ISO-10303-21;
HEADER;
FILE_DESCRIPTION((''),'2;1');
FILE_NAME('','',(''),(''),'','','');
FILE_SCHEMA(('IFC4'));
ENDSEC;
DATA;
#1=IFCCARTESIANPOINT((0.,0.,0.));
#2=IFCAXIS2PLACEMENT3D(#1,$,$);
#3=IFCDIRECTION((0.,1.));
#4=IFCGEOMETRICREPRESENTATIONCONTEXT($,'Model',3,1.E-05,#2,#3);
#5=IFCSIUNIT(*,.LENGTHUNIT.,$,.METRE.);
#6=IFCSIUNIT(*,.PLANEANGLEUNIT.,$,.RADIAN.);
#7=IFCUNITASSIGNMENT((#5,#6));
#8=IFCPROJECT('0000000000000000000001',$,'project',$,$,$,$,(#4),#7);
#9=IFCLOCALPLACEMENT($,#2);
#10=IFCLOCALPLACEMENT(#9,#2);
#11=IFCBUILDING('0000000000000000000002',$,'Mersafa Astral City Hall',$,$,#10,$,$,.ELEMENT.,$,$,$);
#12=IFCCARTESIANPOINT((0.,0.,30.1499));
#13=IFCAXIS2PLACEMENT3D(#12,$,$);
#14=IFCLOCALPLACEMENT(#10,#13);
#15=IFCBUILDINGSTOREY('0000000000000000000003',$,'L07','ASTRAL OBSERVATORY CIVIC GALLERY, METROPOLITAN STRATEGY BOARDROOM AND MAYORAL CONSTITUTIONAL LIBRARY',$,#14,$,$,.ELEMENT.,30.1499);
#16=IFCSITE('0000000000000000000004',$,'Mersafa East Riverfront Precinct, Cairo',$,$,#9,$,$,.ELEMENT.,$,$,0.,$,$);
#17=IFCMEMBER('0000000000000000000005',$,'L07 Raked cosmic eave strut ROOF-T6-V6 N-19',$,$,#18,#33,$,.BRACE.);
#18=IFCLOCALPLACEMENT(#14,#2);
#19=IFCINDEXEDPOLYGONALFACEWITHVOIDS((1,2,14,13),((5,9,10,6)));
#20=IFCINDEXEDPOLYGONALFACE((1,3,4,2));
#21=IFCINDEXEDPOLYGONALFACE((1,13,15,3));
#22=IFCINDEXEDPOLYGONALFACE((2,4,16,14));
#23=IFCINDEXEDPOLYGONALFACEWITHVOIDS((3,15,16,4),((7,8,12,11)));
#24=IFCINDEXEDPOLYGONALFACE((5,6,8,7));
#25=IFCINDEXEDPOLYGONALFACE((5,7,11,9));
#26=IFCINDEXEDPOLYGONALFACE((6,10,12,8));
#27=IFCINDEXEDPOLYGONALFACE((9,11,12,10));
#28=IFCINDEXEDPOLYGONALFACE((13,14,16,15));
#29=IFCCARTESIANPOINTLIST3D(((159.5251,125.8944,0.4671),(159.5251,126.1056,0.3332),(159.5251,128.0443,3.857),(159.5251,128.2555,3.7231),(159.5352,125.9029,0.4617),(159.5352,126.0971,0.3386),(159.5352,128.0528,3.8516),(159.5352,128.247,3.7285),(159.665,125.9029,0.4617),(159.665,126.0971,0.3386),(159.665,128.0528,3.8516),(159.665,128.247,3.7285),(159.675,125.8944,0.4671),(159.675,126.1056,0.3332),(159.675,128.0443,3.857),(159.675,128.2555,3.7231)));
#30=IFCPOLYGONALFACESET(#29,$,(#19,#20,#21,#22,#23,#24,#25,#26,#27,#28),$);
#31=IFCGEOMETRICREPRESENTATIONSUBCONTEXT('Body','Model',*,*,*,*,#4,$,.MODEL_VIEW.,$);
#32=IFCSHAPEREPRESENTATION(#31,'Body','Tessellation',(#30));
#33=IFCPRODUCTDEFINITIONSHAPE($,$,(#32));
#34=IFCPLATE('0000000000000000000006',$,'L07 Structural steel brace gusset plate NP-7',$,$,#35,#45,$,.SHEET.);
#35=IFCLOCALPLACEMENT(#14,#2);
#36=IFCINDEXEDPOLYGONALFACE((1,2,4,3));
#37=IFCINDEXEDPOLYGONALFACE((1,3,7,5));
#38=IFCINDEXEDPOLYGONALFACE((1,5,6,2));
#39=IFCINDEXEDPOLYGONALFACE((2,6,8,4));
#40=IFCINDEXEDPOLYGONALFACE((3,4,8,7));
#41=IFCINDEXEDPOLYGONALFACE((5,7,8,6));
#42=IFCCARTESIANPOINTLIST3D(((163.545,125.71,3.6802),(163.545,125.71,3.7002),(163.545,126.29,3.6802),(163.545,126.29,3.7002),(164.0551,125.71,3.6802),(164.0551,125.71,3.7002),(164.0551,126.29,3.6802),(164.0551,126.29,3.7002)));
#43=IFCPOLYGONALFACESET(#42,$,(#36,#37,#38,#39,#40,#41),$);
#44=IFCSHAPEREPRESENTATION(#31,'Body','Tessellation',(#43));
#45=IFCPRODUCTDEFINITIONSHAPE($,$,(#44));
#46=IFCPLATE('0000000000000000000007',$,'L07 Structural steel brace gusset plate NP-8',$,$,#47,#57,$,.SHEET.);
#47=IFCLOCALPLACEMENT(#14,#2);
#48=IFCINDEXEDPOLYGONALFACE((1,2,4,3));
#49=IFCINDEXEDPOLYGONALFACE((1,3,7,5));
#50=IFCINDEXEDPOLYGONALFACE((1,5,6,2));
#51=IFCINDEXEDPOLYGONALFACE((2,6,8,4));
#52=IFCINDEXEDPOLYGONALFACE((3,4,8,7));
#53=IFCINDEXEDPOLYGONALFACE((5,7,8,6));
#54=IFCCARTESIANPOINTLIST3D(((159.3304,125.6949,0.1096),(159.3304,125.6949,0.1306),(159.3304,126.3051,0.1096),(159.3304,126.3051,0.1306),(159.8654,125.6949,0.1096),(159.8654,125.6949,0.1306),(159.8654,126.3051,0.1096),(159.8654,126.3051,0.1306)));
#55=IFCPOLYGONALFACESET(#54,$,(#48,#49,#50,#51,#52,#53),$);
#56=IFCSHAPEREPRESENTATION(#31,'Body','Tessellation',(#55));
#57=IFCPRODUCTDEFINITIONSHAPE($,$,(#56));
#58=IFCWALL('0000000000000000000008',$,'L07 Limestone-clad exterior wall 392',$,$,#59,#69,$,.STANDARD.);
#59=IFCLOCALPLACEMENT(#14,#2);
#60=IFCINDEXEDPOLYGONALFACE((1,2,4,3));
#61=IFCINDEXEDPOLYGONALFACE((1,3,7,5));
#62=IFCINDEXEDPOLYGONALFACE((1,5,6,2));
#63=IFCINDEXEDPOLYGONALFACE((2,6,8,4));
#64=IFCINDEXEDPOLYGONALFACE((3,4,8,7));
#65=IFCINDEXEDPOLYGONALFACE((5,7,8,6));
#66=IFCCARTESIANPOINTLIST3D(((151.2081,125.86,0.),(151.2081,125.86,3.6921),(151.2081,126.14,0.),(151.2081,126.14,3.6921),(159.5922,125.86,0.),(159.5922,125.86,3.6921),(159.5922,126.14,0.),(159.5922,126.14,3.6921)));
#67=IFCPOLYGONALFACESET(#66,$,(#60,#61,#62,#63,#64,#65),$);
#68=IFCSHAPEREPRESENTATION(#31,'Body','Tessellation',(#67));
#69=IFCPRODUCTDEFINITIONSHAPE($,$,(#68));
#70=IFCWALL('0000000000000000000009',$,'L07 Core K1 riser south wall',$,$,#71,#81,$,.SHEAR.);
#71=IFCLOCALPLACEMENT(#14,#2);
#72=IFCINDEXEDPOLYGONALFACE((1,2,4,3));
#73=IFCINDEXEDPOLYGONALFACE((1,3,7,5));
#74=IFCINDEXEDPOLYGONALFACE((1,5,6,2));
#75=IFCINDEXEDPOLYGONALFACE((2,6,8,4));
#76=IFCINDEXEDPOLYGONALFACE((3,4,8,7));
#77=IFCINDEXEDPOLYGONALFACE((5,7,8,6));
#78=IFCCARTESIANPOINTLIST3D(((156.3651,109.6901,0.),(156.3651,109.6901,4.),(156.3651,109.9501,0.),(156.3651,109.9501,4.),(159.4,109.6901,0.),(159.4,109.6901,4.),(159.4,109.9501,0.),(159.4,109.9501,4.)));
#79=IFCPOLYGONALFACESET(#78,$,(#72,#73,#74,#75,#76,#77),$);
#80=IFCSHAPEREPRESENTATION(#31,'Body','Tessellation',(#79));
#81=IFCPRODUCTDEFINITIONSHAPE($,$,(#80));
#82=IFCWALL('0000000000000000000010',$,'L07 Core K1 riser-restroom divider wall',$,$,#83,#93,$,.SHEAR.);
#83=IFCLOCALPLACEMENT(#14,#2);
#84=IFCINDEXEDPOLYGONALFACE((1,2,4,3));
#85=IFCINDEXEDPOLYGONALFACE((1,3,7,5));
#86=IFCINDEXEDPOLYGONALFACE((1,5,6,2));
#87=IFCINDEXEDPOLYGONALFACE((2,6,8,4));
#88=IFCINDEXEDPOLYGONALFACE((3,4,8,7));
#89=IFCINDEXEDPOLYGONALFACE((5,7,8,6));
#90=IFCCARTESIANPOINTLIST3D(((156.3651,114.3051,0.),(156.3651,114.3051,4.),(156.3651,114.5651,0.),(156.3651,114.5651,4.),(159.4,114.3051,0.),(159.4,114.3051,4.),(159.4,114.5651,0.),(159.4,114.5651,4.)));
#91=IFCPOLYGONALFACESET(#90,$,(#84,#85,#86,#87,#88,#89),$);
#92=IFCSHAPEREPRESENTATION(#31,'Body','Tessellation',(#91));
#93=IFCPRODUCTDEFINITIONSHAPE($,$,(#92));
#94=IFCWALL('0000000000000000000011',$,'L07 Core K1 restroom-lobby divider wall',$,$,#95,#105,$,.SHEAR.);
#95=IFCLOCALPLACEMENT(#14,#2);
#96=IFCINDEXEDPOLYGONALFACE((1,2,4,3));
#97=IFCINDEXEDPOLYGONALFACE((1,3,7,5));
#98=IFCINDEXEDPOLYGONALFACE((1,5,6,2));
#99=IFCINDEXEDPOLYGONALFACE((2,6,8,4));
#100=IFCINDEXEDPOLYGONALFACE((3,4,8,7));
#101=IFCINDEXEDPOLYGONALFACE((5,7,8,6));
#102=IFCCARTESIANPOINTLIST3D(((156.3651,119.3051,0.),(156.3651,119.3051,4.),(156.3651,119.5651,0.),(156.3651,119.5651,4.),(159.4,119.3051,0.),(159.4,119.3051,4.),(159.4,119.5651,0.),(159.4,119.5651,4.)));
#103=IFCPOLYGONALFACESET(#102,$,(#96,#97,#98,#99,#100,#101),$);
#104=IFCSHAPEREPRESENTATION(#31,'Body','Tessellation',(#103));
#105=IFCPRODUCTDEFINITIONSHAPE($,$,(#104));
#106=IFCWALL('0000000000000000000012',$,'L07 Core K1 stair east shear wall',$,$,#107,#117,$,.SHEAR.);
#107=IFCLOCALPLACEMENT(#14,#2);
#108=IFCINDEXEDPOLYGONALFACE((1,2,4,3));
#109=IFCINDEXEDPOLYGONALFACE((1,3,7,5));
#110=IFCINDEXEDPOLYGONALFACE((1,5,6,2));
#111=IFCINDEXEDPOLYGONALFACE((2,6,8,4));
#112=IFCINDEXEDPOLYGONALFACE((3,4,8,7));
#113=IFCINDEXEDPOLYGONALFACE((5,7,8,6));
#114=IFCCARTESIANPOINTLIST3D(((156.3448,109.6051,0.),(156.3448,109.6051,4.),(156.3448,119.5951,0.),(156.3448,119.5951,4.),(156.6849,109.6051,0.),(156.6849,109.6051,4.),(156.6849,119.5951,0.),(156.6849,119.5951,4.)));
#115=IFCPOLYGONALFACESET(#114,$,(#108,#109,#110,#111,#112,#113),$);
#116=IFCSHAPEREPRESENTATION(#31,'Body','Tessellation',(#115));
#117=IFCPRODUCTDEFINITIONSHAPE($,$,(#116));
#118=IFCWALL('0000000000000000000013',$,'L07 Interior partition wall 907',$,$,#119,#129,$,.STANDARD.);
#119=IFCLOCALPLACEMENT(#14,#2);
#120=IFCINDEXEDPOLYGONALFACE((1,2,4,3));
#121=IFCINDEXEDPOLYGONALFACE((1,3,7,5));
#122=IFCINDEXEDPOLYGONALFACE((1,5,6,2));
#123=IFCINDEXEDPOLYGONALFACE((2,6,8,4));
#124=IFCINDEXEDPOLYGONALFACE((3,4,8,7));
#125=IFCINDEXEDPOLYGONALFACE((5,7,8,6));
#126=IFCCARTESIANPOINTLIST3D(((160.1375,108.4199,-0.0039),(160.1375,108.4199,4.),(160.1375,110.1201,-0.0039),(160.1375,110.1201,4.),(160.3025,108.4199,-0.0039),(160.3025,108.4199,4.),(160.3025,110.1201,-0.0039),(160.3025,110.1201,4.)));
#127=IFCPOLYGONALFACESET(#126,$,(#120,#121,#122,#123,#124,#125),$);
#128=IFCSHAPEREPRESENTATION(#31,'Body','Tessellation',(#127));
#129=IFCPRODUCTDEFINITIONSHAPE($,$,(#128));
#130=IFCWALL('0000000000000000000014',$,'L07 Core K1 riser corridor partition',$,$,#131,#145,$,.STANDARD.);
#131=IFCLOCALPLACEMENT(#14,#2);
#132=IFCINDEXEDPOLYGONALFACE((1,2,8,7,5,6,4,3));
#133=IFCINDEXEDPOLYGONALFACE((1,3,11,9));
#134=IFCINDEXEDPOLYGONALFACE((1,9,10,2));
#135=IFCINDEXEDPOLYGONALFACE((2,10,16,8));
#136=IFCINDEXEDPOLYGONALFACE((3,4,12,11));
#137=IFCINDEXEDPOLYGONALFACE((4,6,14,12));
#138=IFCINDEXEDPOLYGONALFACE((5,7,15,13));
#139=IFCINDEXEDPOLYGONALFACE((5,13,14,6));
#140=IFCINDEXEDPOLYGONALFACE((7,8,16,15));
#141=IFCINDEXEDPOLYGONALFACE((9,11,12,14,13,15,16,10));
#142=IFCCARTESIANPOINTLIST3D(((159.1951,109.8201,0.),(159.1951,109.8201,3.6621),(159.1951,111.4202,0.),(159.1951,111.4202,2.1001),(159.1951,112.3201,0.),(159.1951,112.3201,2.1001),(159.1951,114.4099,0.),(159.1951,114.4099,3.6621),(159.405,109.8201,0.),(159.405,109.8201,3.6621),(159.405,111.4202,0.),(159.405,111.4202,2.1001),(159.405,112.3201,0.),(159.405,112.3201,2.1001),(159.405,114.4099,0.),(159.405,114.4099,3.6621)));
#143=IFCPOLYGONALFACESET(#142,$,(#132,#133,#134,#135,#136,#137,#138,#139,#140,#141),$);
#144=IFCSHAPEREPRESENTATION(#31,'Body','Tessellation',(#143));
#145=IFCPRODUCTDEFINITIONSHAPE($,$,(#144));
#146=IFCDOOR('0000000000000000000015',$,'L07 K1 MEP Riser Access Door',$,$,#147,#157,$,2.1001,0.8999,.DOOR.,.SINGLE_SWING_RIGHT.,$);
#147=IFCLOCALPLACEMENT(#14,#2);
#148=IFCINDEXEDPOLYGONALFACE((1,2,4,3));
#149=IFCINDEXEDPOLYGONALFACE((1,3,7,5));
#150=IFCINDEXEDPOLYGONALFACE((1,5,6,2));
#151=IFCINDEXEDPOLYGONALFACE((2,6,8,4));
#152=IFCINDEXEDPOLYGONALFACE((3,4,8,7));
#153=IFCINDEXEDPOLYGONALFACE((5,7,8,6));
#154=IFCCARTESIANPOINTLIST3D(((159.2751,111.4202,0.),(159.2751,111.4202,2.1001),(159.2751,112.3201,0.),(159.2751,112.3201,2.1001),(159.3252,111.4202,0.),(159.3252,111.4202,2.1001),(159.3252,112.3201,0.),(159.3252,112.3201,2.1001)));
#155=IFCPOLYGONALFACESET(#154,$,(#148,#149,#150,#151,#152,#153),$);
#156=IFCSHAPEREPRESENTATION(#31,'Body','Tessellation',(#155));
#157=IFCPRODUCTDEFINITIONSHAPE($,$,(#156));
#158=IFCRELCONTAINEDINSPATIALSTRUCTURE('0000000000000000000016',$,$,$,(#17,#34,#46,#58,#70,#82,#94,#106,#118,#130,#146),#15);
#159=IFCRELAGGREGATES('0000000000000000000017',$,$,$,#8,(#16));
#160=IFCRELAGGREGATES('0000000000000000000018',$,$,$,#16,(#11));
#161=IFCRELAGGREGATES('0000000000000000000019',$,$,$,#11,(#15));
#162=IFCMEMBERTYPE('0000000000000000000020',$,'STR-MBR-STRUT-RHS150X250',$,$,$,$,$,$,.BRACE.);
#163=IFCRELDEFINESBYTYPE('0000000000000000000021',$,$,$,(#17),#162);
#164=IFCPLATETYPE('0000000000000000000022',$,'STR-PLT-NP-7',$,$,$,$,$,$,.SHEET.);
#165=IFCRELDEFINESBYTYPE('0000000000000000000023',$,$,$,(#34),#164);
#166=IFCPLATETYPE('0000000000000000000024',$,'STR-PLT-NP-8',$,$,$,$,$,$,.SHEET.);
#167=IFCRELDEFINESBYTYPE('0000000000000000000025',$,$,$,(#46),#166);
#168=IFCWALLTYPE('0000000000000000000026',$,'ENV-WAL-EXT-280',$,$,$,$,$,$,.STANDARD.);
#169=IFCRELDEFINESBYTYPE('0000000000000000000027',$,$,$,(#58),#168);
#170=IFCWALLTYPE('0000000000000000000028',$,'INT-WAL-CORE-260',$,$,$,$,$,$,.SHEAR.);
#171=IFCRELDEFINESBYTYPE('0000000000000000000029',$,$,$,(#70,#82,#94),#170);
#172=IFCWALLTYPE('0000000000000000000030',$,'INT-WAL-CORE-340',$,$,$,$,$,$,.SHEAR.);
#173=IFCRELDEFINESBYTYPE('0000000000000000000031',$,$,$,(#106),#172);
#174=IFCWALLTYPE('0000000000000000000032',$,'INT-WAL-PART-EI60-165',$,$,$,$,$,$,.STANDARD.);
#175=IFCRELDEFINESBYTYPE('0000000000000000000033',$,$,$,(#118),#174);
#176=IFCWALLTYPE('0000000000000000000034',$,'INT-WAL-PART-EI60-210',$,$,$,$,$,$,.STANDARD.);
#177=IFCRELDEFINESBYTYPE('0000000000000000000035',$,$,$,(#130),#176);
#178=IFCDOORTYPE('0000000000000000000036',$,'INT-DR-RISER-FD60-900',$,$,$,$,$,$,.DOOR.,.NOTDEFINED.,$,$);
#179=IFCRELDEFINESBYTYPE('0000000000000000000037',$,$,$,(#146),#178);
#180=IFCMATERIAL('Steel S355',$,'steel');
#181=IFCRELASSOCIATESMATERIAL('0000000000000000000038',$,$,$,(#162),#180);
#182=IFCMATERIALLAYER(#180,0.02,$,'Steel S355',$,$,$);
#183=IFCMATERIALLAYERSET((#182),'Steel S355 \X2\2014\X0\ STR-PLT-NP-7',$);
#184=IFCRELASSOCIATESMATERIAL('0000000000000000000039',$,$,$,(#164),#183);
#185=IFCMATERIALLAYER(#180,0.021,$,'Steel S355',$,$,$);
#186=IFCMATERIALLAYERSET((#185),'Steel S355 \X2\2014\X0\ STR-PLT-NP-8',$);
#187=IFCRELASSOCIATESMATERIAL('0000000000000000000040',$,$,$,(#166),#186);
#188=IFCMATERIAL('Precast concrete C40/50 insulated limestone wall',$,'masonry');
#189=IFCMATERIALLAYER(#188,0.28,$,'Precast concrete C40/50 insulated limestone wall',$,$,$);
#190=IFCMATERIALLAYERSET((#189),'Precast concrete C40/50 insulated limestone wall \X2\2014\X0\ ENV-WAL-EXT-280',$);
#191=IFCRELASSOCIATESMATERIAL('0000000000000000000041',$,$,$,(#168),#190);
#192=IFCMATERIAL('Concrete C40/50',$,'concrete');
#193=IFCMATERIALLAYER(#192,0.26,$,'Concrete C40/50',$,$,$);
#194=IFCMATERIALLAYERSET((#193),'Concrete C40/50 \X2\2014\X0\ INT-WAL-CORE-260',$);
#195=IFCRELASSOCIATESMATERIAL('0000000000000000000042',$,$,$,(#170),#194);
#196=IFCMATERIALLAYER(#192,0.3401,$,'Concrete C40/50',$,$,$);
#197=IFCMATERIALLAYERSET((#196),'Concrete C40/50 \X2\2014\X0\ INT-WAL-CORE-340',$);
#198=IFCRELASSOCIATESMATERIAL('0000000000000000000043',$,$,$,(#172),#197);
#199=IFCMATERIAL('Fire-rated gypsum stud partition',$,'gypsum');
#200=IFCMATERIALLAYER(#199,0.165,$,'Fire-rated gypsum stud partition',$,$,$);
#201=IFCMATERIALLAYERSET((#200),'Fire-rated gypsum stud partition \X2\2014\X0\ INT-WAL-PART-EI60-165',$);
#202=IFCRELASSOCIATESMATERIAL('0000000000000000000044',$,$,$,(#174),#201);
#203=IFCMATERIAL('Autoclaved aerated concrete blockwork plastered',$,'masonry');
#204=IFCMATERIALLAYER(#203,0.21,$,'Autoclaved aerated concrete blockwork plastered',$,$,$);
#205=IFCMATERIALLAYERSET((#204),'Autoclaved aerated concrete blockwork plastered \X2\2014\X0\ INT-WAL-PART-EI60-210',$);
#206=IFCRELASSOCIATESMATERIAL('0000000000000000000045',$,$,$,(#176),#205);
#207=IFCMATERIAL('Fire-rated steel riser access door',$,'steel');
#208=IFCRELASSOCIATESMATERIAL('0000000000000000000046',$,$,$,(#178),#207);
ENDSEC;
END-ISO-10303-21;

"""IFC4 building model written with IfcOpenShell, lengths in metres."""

from ifc_helpers import new_model, si_unit, direction, frame, frame_2d, origin, origin_2d, place, context, subcontext, project, spatial, rectangle, hollow_rectangle, extrude, material, layer, layer_set, material_profile, profile_set, type_object, element, fill, save


model = new_model("IFC4")

# Units and contexts
model_context = context("Model", 3, precision=1e-05, world=origin(), true_north=direction((0.0, 1.0)))
body_context = subcontext(model_context, "Body", "Model", "MODEL_VIEW")
ifc_project = project(units=[si_unit("LENGTHUNIT", "METRE"), si_unit("PLANEANGLEUNIT", "RADIAN")], contexts=[model_context])

# Site, building, storey
site_placement = place(None, origin())
site = spatial("IfcSite", under=ifc_project, at=site_placement, Name="Mersafa East Riverfront Precinct, Cairo", CompositionType="ELEMENT", RefElevation=0.0)
building_placement = place(site_placement, origin())
building = spatial("IfcBuilding", under=site, at=building_placement, Name="Mersafa Astral City Hall", CompositionType="ELEMENT")
storey_placement = place(building_placement, frame((0.0, 0.0, 30.1499)))
storey = spatial("IfcBuildingStorey", under=building, at=storey_placement, Name="L07", Description="ASTRAL OBSERVATORY CIVIC GALLERY, METROPOLITAN STRATEGY BOARDROOM AND MAYORAL CONSTITUTIONAL LIBRARY", CompositionType="ELEMENT", Elevation=30.1499)

# Shared definitions
ifc_material_1 = material(Name="Steel S355", Category="steel")

# Member
ifc_material_profile_1 = material_profile(ifc_material_1, hollow_rectangle(XDim=0.1499, YDim=0.25, WallThickness=0.01, at=origin_2d()), Name="RHS 150x250x10")
ifc_profile_set_1 = profile_set([ifc_material_profile_1], Name="Steel S355")
member_type_1 = type_object("IfcMemberType", Name="STR-MBR-STRUT-RHS150X250", PredefinedType="BRACE", material=ifc_profile_set_1)
member_1_placement = place(storey_placement, frame((159.6001, 126.0, 0.4001), z_axis=(0.0, 0.53558, 0.844484), x_axis=(-1.0, 0.0, 0.0)))
element("IfcMember", 1, at=member_1_placement, inside=storey, type_object=member_type_1, Name="L07 Raked cosmic eave strut ROOF-T6-V6 N-19", PredefinedType="BRACE", context=body_context, shape_type="SweptSolid", body=[
    extrude(hollow_rectangle(XDim=0.1499, YDim=0.25, WallThickness=0.01, at=origin_2d()), origin(), (0.0, 0.0, 1.0), 4.0142),
])

# Plates
ifc_layer_1 = layer(ifc_material_1, 0.02, Name="Steel S355")
ifc_layer_set_1 = layer_set([ifc_layer_1], Name="Steel S355 — STR-PLT-NP-7")
plate_type_1 = type_object("IfcPlateType", Name="STR-PLT-NP-7", PredefinedType="SHEET", material=ifc_layer_set_1)
plate_1_placement = place(storey_placement, frame((163.8, 126.0, 3.6802), z_axis=(0.0, 0.0, 1.0), x_axis=(1.0, 0.0, 0.0)))
element("IfcPlate", 2, at=plate_1_placement, inside=storey, type_object=plate_type_1, Name="L07 Structural steel brace gusset plate NP-7", PredefinedType="SHEET", context=body_context, shape_type="SweptSolid", body=[
    extrude(rectangle(XDim=0.51, YDim=0.5801, at=origin_2d()), origin(), (0.0, 0.0, 1.0), 0.02),
])
ifc_layer_2 = layer(ifc_material_1, 0.021, Name="Steel S355")
ifc_layer_set_2 = layer_set([ifc_layer_2], Name="Steel S355 — STR-PLT-NP-8")
plate_type_2 = type_object("IfcPlateType", Name="STR-PLT-NP-8", PredefinedType="SHEET", material=ifc_layer_set_2)
plate_2_placement = place(storey_placement, frame((159.5979, 126.0, 0.1096), z_axis=(0.0, 0.0, 1.0), x_axis=(1.0, 0.0, 0.0)))
element("IfcPlate", 3, at=plate_2_placement, inside=storey, type_object=plate_type_2, Name="L07 Structural steel brace gusset plate NP-8", PredefinedType="SHEET", context=body_context, shape_type="SweptSolid", body=[
    extrude(rectangle(XDim=0.5349, YDim=0.6101, at=origin_2d()), origin(), (0.0, 0.0, 1.0), 0.021),
])

# Wall
ifc_material_2 = material(Name="Precast concrete C40/50 insulated limestone wall", Category="masonry")
ifc_layer_3 = layer(ifc_material_2, 0.28, Name="Precast concrete C40/50 insulated limestone wall")
ifc_layer_set_3 = layer_set([ifc_layer_3], Name="Precast concrete C40/50 insulated limestone wall — ENV-WAL-EXT-280")
wall_type_1 = type_object("IfcWallType", Name="ENV-WAL-EXT-280", PredefinedType="STANDARD", material=ifc_layer_set_3)
wall_1_placement = place(storey_placement, frame((159.592, 126.0, 0.0), z_axis=(0.0, 0.0, 1.0), x_axis=(-1.0, 0.0, 0.0)))
element("IfcWall", 4, at=wall_1_placement, inside=storey, type_object=wall_type_1, Name="L07 Limestone-clad exterior wall 392", PredefinedType="STANDARD", context=body_context, shape_type="SweptSolid", body=[
    extrude(rectangle(XDim=8.384, YDim=0.28, at=frame_2d((4.1919, 0.0))), origin(), (0.0, 0.0, 1.0), 3.6921),
])

# Shared definitions
ifc_material_3 = material(Name="Concrete C40/50", Category="concrete")
ifc_layer_4 = layer(ifc_material_3, 0.26, Name="Concrete C40/50")
ifc_layer_set_4 = layer_set([ifc_layer_4], Name="Concrete C40/50 — INT-WAL-CORE-260")
wall_type_2 = type_object("IfcWallType", Name="INT-WAL-CORE-260", PredefinedType="SHEAR", material=ifc_layer_set_4)

# Walls
for number, where, z_axis, x_axis, name in (
    (5, (156.365, 109.8201, 0.0), (0.0, 0.0, 1.0), (1.0, 0.0, 0.0), "L07 Core K1 riser south wall"),
    (6, (156.365, 114.4351, 0.0), (0.0, 0.0, 1.0), (1.0, 0.0, 0.0), "L07 Core K1 riser-restroom divider wall"),
    (7, (156.365, 119.4351, 0.0), (0.0, 0.0, 1.0), (1.0, 0.0, 0.0), "L07 Core K1 restroom-lobby divider wall"),
):
    element("IfcWall", number, at=place(storey_placement, frame(where, z_axis=z_axis, x_axis=x_axis)), inside=storey, type_object=wall_type_2, Name=name, PredefinedType="SHEAR", context=body_context, shape_type="SweptSolid", body=[
        extrude(rectangle(XDim=3.0349, YDim=0.26, at=frame_2d((1.5176, 0.0))), origin(), (0.0, 0.0, 1.0), 4.0),
    ])
ifc_layer_5 = layer(ifc_material_3, 0.3401, Name="Concrete C40/50")
ifc_layer_set_5 = layer_set([ifc_layer_5], Name="Concrete C40/50 — INT-WAL-CORE-340")
wall_type_3 = type_object("IfcWallType", Name="INT-WAL-CORE-340", PredefinedType="SHEAR", material=ifc_layer_set_5)
wall_2_placement = place(storey_placement, frame((156.5149, 109.605, 0.0), z_axis=(0.0, 0.0, 1.0), x_axis=(0.0, 1.0, 0.0)))
element("IfcWall", 8, at=wall_2_placement, inside=storey, type_object=wall_type_3, Name="L07 Core K1 stair east shear wall", PredefinedType="SHEAR", context=body_context, shape_type="SweptSolid", body=[
    extrude(rectangle(XDim=9.99, YDim=0.3401, at=frame_2d((4.9951, 0.0))), origin(), (0.0, 0.0, 1.0), 4.0),
])
ifc_material_4 = material(Name="Fire-rated gypsum stud partition", Category="gypsum")
ifc_layer_6 = layer(ifc_material_4, 0.165, Name="Fire-rated gypsum stud partition")
ifc_layer_set_6 = layer_set([ifc_layer_6], Name="Fire-rated gypsum stud partition — INT-WAL-PART-EI60-165")
wall_type_4 = type_object("IfcWallType", Name="INT-WAL-PART-EI60-165", PredefinedType="STANDARD", material=ifc_layer_set_6)
wall_3_placement = place(storey_placement, frame((160.22, 110.1201, -0.0039), z_axis=(0.0, 0.0, 1.0), x_axis=(0.0, -1.0, 0.0)))
element("IfcWall", 9, at=wall_3_placement, inside=storey, type_object=wall_type_4, Name="L07 Interior partition wall 907", PredefinedType="STANDARD", context=body_context, shape_type="SweptSolid", body=[
    extrude(rectangle(XDim=1.7002, YDim=0.165, at=frame_2d((0.8501, 0.0))), origin(), (0.0, 0.0, 1.0), 4.0039),
])

# Wall, opening, door
ifc_material_5 = material(Name="Autoclaved aerated concrete blockwork plastered", Category="masonry")
ifc_layer_7 = layer(ifc_material_5, 0.21, Name="Autoclaved aerated concrete blockwork plastered")
ifc_layer_set_7 = layer_set([ifc_layer_7], Name="Autoclaved aerated concrete blockwork plastered — INT-WAL-PART-EI60-210")
wall_type_5 = type_object("IfcWallType", Name="INT-WAL-PART-EI60-210", PredefinedType="STANDARD", material=ifc_layer_set_7)
wall_4_placement = place(storey_placement, frame((159.3, 109.8201, 0.0), z_axis=(0.0, 0.0, 1.0), x_axis=(0.0, 1.0, 0.0)))
wall_4 = element("IfcWall", 10, at=wall_4_placement, inside=storey, type_object=wall_type_5, Name="L07 Core K1 riser corridor partition", PredefinedType="STANDARD", context=body_context, shape_type="SweptSolid", body=[
    extrude(rectangle(XDim=4.5898, YDim=0.21, at=frame_2d((2.2949, 0.0))), origin(), (0.0, 0.0, 1.0), 3.6621),
])
opening_1_placement = place(wall_4_placement, frame((1.6001, 0.0, 0.0)))
opening_1 = element("IfcOpeningElement", 11, at=opening_1_placement, cuts=wall_4, PredefinedType="OPENING", context=body_context, shape_type="SweptSolid", body=[
    extrude(rectangle(XDim=0.8999, YDim=2.1001, at=frame_2d((0.45, 1.05))), frame((0.0, 0.115, 0.0), z_axis=(0.0, -1.0, 0.0), x_axis=(1.0, 0.0, 0.0)), (0.0, 0.0, 1.0), 0.23),
])
ifc_material_6 = material(Name="Fire-rated steel riser access door", Category="steel")
door_type_1 = type_object("IfcDoorType", Name="INT-DR-RISER-FD60-900", OperationType="NOTDEFINED", PredefinedType="DOOR", material=ifc_material_6)
door_1_placement = place(opening_1_placement, origin())
door_1 = element("IfcDoor", 12, at=door_1_placement, inside=storey, type_object=door_type_1, Name="L07 K1 MEP Riser Access Door", OperationType="SINGLE_SWING_RIGHT", OverallHeight=2.1001, OverallWidth=0.8999, PredefinedType="DOOR", context=body_context, shape_type="SweptSolid", body=[
    extrude(rectangle(XDim=0.8999, YDim=2.1001, at=frame_2d((0.45, 1.05))), frame((0.0, 0.0249, 0.0), z_axis=(0.0, -1.0, 0.0), x_axis=(1.0, 0.0, 0.0)), (0.0, 0.0, 1.0), 0.05),
])
fill(opening_1, door_1)

save(model, "model.ifc")
